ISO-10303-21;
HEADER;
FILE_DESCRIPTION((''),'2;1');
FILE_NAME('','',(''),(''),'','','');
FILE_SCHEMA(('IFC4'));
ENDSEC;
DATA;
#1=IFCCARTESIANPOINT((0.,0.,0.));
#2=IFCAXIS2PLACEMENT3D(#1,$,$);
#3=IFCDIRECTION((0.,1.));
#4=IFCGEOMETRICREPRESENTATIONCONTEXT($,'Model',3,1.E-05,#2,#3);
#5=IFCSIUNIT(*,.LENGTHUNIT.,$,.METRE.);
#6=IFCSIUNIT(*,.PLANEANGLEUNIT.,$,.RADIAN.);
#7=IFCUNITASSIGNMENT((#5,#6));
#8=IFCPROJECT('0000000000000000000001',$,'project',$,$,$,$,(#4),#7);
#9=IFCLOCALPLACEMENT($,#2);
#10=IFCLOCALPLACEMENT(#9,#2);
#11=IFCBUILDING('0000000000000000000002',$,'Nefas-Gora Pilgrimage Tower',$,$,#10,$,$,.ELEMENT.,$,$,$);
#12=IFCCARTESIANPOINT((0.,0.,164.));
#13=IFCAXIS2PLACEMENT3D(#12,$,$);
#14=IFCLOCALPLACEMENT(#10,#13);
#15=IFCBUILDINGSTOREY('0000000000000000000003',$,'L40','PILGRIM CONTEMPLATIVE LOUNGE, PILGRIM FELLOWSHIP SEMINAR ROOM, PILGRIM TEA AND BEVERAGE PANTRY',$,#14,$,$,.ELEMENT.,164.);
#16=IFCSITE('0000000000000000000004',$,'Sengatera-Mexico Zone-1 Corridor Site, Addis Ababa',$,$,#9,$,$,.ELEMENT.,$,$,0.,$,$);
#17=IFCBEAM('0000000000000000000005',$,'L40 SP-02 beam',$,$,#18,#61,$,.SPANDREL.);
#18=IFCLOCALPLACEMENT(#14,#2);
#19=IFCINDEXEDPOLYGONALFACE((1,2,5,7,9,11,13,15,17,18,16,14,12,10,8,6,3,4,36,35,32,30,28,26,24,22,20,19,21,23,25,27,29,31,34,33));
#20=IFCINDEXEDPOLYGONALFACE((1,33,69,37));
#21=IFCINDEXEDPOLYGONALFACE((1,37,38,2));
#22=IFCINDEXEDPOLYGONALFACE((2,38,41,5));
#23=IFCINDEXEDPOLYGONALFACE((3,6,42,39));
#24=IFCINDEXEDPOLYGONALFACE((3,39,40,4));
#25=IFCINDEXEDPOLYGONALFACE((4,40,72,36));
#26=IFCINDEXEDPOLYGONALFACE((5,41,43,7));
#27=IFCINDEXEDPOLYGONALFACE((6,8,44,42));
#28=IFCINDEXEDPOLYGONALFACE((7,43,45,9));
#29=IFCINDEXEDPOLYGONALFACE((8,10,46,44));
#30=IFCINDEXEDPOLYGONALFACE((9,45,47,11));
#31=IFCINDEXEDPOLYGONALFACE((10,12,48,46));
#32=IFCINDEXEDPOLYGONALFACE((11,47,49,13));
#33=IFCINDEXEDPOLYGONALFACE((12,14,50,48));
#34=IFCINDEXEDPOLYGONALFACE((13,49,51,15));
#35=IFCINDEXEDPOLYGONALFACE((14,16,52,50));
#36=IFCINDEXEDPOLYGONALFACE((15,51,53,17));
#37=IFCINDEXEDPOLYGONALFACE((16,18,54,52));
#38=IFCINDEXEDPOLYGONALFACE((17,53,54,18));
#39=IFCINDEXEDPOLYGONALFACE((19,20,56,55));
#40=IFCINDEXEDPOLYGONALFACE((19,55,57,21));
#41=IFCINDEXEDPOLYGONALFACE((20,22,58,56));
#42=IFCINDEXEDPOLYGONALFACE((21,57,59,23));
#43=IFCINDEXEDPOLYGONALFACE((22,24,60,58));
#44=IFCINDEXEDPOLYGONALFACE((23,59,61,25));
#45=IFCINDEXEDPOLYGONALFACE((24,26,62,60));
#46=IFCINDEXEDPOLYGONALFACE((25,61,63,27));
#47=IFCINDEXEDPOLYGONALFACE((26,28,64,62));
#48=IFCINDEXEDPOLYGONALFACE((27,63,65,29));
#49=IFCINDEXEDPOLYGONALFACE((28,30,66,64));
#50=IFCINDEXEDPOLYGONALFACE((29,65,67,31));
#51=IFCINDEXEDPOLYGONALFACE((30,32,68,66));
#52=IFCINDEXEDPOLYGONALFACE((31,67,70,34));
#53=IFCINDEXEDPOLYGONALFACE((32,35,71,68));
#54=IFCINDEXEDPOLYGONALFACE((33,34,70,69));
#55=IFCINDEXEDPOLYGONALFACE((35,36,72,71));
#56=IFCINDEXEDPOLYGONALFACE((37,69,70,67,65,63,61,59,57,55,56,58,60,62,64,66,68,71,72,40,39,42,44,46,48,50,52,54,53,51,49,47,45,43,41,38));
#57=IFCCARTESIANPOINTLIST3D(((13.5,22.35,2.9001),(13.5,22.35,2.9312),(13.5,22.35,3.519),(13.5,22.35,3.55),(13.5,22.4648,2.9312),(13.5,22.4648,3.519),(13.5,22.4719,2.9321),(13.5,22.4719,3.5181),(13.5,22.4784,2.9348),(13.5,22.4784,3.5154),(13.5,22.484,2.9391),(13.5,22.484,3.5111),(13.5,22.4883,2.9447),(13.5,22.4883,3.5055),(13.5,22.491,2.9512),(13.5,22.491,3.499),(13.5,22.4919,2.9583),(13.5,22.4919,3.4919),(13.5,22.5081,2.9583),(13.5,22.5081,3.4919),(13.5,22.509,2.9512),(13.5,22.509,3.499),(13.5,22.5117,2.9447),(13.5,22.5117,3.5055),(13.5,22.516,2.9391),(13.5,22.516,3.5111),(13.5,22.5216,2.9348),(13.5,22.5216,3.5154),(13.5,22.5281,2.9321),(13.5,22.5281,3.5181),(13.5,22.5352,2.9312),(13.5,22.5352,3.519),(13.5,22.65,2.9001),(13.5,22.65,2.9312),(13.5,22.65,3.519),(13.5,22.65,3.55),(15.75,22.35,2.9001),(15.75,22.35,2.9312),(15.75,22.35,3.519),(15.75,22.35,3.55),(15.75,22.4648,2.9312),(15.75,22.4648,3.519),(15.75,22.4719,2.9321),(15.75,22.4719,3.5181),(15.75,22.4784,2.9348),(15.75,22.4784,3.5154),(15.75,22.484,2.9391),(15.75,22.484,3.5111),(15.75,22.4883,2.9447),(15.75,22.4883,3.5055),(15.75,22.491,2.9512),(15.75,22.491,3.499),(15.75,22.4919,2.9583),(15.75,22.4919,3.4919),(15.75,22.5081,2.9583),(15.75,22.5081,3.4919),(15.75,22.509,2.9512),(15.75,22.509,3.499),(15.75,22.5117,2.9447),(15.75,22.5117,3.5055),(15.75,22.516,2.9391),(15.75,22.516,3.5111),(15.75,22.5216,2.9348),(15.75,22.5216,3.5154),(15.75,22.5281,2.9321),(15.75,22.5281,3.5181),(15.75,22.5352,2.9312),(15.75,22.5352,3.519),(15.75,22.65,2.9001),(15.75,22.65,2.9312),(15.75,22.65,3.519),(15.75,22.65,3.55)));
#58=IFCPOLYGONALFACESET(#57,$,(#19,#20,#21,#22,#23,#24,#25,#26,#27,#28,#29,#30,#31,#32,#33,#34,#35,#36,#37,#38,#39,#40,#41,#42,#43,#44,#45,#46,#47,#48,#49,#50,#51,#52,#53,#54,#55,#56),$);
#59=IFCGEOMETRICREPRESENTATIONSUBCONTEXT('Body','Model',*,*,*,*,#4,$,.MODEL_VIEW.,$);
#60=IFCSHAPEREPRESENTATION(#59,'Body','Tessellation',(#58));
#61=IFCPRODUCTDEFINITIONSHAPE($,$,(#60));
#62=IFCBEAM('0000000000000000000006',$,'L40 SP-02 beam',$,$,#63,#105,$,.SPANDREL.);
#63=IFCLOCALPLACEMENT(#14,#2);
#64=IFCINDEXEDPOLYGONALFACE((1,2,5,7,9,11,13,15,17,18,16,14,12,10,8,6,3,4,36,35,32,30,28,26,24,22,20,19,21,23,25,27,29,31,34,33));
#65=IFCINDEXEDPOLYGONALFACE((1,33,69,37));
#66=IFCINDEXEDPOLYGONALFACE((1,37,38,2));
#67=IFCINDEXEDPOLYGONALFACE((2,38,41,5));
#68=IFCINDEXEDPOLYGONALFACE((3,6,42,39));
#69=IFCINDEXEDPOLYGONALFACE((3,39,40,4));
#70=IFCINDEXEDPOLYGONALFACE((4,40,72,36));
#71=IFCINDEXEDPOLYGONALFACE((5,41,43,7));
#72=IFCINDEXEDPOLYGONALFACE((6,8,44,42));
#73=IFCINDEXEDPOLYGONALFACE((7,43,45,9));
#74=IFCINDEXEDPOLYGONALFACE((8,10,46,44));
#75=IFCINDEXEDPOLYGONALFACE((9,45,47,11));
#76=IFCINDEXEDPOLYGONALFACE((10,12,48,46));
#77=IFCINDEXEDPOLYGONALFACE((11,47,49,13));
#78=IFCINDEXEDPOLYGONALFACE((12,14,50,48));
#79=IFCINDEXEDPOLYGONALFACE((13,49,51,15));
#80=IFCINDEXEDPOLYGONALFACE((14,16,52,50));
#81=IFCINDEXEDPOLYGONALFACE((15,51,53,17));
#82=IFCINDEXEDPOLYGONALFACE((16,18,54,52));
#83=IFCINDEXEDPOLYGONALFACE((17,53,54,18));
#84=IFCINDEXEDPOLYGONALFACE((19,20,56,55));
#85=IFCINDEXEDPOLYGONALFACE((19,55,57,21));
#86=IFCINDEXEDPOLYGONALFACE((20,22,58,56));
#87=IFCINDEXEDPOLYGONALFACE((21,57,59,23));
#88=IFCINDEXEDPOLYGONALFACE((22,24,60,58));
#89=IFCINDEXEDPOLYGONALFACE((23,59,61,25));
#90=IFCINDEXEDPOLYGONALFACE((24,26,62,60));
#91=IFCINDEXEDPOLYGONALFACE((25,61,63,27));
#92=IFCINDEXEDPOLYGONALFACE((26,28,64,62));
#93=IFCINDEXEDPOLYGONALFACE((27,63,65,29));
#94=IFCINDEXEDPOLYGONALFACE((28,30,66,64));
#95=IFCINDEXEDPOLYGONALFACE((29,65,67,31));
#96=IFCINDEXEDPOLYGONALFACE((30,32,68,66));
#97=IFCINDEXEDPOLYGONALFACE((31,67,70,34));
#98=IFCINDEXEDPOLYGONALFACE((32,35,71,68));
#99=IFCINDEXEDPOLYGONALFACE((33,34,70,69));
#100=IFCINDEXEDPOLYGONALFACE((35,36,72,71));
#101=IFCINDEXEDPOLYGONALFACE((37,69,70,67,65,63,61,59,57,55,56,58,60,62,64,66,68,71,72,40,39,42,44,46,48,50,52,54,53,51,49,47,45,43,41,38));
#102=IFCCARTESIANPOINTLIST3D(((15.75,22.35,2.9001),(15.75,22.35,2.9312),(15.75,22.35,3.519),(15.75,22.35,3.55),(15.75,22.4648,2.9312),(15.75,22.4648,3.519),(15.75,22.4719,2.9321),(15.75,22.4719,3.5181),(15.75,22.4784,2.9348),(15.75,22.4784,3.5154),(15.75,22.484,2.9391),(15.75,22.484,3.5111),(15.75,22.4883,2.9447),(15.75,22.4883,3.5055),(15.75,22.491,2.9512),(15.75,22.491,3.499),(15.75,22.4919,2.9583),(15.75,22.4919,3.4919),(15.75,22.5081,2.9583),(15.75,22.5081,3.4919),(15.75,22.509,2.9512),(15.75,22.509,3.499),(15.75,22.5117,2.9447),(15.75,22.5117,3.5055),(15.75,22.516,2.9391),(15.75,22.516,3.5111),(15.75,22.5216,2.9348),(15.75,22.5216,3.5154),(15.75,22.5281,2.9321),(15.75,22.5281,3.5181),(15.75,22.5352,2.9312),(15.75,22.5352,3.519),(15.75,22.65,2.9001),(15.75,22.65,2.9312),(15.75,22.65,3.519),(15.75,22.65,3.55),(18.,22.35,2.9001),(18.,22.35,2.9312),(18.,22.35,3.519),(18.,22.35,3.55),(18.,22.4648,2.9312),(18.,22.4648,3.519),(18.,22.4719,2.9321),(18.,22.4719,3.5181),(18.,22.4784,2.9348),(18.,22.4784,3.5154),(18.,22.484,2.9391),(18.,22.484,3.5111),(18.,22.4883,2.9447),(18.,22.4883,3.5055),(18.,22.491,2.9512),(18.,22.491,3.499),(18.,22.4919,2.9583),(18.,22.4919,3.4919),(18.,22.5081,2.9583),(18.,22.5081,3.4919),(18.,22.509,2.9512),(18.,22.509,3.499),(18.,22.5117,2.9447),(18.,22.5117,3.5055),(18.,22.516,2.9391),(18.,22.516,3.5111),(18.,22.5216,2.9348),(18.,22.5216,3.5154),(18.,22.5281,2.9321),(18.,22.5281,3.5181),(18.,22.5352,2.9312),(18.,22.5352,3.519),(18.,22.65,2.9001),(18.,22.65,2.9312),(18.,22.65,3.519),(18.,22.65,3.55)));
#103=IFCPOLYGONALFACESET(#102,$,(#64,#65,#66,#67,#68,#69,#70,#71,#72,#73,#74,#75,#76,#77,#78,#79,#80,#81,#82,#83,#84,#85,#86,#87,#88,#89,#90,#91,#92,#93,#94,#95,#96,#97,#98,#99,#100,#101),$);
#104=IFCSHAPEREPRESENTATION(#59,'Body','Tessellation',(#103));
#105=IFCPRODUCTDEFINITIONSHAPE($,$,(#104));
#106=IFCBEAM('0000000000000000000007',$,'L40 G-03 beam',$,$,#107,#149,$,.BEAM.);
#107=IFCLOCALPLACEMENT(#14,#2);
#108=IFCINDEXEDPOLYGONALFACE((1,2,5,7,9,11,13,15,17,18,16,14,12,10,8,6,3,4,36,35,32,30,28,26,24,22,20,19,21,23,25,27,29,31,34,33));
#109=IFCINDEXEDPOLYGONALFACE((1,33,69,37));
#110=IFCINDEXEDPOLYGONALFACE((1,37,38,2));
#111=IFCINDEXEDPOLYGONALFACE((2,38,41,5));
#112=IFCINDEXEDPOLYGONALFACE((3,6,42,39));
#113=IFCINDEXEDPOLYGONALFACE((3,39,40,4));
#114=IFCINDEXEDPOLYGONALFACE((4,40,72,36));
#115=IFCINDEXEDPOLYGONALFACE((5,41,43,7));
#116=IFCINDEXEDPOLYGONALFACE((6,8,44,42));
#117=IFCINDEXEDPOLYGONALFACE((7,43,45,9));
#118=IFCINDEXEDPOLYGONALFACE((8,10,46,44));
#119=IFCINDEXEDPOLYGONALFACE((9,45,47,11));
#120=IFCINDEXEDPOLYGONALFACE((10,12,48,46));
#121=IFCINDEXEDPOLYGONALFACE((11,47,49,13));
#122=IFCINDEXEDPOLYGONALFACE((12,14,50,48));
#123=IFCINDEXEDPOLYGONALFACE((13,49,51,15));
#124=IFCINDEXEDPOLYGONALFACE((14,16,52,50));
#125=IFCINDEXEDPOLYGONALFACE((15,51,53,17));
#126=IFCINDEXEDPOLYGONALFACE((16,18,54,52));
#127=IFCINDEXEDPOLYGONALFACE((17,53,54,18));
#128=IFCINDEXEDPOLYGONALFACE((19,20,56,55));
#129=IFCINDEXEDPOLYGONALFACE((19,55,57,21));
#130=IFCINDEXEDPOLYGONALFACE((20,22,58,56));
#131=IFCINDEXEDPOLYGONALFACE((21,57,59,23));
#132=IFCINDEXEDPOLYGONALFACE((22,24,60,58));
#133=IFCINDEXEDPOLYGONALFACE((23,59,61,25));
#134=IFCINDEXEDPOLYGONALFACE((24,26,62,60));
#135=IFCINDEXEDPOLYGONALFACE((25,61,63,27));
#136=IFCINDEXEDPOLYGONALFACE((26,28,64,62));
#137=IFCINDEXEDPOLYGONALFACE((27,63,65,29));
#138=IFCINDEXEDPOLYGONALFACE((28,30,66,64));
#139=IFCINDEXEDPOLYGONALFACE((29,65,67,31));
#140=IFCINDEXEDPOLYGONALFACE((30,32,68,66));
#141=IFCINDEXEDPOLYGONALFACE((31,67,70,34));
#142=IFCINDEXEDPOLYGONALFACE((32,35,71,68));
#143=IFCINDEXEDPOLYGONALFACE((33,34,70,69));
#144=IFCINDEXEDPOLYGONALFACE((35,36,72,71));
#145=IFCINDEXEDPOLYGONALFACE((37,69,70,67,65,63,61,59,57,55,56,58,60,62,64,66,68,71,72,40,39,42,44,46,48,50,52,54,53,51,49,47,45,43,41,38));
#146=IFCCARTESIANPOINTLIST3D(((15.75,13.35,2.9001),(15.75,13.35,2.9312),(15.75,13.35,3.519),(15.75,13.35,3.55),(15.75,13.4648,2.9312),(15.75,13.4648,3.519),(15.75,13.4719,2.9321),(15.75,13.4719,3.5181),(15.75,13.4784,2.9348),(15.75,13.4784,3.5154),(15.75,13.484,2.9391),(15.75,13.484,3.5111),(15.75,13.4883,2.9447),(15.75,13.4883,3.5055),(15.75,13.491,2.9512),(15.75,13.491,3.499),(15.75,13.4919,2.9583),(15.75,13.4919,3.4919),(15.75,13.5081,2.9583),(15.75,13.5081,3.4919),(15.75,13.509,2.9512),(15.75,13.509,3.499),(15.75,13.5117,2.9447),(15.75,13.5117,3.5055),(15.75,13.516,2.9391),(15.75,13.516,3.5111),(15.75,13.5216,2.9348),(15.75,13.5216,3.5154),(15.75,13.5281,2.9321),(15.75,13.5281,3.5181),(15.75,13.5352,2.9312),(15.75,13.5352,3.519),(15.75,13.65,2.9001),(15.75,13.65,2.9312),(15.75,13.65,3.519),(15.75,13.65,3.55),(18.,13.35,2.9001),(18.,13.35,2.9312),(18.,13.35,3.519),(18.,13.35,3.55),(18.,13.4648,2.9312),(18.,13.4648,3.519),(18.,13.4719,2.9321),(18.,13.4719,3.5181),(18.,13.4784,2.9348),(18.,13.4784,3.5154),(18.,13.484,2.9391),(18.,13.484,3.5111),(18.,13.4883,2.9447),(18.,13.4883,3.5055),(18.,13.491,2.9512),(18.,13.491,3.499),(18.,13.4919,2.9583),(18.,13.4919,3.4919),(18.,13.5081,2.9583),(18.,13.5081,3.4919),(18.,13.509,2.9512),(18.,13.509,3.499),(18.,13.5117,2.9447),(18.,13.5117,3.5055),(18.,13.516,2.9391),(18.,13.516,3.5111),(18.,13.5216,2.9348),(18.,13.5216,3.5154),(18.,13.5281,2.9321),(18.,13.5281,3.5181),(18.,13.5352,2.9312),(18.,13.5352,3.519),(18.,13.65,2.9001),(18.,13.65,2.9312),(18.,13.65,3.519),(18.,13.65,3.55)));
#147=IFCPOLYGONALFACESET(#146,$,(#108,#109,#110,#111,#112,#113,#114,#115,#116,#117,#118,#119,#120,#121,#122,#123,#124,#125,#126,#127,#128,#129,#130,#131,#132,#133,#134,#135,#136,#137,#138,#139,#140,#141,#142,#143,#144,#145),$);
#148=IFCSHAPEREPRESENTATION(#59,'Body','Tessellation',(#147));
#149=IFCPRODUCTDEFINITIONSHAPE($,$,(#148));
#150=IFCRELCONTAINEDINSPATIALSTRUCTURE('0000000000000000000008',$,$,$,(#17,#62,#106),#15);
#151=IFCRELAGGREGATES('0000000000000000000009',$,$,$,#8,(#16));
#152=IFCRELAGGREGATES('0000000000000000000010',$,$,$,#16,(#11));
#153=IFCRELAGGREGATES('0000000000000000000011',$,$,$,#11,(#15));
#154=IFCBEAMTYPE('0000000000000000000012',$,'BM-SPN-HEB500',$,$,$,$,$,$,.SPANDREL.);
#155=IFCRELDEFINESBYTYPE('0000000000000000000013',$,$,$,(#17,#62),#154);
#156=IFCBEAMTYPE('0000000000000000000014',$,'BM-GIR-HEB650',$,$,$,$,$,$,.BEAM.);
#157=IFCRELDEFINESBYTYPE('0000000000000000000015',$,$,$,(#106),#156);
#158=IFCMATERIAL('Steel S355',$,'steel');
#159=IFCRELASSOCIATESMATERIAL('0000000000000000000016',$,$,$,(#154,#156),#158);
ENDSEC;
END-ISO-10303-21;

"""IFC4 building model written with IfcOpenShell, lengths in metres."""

from ifc_helpers import new_model, si_unit, direction, frame, origin, origin_2d, place, context, subcontext, project, spatial, i_section, extrude, source, transform, mapped, material, material_profile, profile_set, type_object, element, save


model = new_model("IFC4")

# Units and contexts
model_context = context("Model", 3, precision=1e-05, world=origin(), true_north=direction((0.0, 1.0)))
body_context = subcontext(model_context, "Body", "Model", "MODEL_VIEW")
ifc_project = project(units=[si_unit("LENGTHUNIT", "METRE"), si_unit("PLANEANGLEUNIT", "RADIAN")], contexts=[model_context])

# Site, building, storey
site_placement = place(None, origin())
site = spatial("IfcSite", under=ifc_project, at=site_placement, Name="Sengatera-Mexico Zone-1 Corridor Site, Addis Ababa", CompositionType="ELEMENT", RefElevation=0.0)
building_placement = place(site_placement, origin())
building = spatial("IfcBuilding", under=site, at=building_placement, Name="Nefas-Gora Pilgrimage Tower", CompositionType="ELEMENT")
storey_placement = place(building_placement, frame((0.0, 0.0, 164.0)))
storey = spatial("IfcBuildingStorey", under=building, at=storey_placement, Name="L40", Description="PILGRIM CONTEMPLATIVE LOUNGE, PILGRIM FELLOWSHIP SEMINAR ROOM, PILGRIM TEA AND BEVERAGE PANTRY", CompositionType="ELEMENT", Elevation=164.0)

# Beams
ifc_material_1 = material(Name="Steel S355", Category="steel")
ifc_material_profile_1 = material_profile(ifc_material_1, i_section(OverallWidth=0.3, OverallDepth=0.6499, WebThickness=0.0161, FlangeThickness=0.031, FilletRadius=0.0271, at=origin_2d()), Name="HEB 650")
ifc_profile_set_1 = profile_set([ifc_material_profile_1], Name="Steel S355")
beam_type_1 = type_object("IfcBeamType", Name="BM-SPN-HEB500", PredefinedType="SPANDREL", material=ifc_profile_set_1)
ifc_material_profile_2 = material_profile(ifc_material_1, i_section(OverallWidth=0.3, OverallDepth=0.6499, WebThickness=0.0161, FlangeThickness=0.031, FilletRadius=0.0271, at=origin_2d()), Name="HEB 650")
ifc_profile_set_2 = profile_set([ifc_material_profile_2], Name="Steel S355")
beam_type_2 = type_object("IfcBeamType", Name="BM-GIR-HEB650", PredefinedType="BEAM", material=ifc_profile_set_2)
shared_shape_1 = source(origin(), body_context, "Body", "SweptSolid", [
    extrude(i_section(OverallWidth=0.3, OverallDepth=0.6499, WebThickness=0.0161, FlangeThickness=0.031, FilletRadius=0.0271, at=origin_2d()), origin(), (0.0, 0.0, 1.0), 2.25),
])
for number, where, z_axis, x_axis, name in (
    (1, (13.5, 22.5, 3.2251), (1.0, 0.0, 0.0), (0.0, 1.0, 0.0), "L40 SP-02 beam"),
    (2, (15.75, 22.5, 3.2251), (1.0, 0.0, 0.0), (0.0, 1.0, 0.0), "L40 SP-02 beam"),
):
    element("IfcBeam", number, at=place(storey_placement, frame(where, z_axis=z_axis, x_axis=x_axis)), inside=storey, type_object=beam_type_1, Name=name, PredefinedType="SPANDREL", context=body_context, shape_type="MappedRepresentation", body=[
        mapped(shared_shape_1, transform((0.0, 0.0, 0.0), x_axis=(1.0, 0.0, 0.0), y_axis=(0.0, 1.0, 0.0), z_axis=(0.0, 0.0, 1.0), scale=1.0)),
    ])
shared_shape_2 = source(origin(), body_context, "Body", "SweptSolid", [
    extrude(i_section(OverallWidth=0.3, OverallDepth=0.6499, WebThickness=0.0161, FlangeThickness=0.031, FilletRadius=0.0271, at=origin_2d()), origin(), (0.0, 0.0, 1.0), 2.25),
])
beam_1_placement = place(storey_placement, frame((15.75, 13.5, 3.2251), z_axis=(1.0, 0.0, 0.0), x_axis=(0.0, 1.0, 0.0)))
element("IfcBeam", 3, at=beam_1_placement, inside=storey, type_object=beam_type_2, Name="L40 G-03 beam", PredefinedType="BEAM", context=body_context, shape_type="MappedRepresentation", body=[
    mapped(shared_shape_2, transform((0.0, 0.0, 0.0), x_axis=(1.0, 0.0, 0.0), y_axis=(0.0, 1.0, 0.0), z_axis=(0.0, 0.0, 1.0), scale=1.0)),
])

save(model, "model.ifc")
